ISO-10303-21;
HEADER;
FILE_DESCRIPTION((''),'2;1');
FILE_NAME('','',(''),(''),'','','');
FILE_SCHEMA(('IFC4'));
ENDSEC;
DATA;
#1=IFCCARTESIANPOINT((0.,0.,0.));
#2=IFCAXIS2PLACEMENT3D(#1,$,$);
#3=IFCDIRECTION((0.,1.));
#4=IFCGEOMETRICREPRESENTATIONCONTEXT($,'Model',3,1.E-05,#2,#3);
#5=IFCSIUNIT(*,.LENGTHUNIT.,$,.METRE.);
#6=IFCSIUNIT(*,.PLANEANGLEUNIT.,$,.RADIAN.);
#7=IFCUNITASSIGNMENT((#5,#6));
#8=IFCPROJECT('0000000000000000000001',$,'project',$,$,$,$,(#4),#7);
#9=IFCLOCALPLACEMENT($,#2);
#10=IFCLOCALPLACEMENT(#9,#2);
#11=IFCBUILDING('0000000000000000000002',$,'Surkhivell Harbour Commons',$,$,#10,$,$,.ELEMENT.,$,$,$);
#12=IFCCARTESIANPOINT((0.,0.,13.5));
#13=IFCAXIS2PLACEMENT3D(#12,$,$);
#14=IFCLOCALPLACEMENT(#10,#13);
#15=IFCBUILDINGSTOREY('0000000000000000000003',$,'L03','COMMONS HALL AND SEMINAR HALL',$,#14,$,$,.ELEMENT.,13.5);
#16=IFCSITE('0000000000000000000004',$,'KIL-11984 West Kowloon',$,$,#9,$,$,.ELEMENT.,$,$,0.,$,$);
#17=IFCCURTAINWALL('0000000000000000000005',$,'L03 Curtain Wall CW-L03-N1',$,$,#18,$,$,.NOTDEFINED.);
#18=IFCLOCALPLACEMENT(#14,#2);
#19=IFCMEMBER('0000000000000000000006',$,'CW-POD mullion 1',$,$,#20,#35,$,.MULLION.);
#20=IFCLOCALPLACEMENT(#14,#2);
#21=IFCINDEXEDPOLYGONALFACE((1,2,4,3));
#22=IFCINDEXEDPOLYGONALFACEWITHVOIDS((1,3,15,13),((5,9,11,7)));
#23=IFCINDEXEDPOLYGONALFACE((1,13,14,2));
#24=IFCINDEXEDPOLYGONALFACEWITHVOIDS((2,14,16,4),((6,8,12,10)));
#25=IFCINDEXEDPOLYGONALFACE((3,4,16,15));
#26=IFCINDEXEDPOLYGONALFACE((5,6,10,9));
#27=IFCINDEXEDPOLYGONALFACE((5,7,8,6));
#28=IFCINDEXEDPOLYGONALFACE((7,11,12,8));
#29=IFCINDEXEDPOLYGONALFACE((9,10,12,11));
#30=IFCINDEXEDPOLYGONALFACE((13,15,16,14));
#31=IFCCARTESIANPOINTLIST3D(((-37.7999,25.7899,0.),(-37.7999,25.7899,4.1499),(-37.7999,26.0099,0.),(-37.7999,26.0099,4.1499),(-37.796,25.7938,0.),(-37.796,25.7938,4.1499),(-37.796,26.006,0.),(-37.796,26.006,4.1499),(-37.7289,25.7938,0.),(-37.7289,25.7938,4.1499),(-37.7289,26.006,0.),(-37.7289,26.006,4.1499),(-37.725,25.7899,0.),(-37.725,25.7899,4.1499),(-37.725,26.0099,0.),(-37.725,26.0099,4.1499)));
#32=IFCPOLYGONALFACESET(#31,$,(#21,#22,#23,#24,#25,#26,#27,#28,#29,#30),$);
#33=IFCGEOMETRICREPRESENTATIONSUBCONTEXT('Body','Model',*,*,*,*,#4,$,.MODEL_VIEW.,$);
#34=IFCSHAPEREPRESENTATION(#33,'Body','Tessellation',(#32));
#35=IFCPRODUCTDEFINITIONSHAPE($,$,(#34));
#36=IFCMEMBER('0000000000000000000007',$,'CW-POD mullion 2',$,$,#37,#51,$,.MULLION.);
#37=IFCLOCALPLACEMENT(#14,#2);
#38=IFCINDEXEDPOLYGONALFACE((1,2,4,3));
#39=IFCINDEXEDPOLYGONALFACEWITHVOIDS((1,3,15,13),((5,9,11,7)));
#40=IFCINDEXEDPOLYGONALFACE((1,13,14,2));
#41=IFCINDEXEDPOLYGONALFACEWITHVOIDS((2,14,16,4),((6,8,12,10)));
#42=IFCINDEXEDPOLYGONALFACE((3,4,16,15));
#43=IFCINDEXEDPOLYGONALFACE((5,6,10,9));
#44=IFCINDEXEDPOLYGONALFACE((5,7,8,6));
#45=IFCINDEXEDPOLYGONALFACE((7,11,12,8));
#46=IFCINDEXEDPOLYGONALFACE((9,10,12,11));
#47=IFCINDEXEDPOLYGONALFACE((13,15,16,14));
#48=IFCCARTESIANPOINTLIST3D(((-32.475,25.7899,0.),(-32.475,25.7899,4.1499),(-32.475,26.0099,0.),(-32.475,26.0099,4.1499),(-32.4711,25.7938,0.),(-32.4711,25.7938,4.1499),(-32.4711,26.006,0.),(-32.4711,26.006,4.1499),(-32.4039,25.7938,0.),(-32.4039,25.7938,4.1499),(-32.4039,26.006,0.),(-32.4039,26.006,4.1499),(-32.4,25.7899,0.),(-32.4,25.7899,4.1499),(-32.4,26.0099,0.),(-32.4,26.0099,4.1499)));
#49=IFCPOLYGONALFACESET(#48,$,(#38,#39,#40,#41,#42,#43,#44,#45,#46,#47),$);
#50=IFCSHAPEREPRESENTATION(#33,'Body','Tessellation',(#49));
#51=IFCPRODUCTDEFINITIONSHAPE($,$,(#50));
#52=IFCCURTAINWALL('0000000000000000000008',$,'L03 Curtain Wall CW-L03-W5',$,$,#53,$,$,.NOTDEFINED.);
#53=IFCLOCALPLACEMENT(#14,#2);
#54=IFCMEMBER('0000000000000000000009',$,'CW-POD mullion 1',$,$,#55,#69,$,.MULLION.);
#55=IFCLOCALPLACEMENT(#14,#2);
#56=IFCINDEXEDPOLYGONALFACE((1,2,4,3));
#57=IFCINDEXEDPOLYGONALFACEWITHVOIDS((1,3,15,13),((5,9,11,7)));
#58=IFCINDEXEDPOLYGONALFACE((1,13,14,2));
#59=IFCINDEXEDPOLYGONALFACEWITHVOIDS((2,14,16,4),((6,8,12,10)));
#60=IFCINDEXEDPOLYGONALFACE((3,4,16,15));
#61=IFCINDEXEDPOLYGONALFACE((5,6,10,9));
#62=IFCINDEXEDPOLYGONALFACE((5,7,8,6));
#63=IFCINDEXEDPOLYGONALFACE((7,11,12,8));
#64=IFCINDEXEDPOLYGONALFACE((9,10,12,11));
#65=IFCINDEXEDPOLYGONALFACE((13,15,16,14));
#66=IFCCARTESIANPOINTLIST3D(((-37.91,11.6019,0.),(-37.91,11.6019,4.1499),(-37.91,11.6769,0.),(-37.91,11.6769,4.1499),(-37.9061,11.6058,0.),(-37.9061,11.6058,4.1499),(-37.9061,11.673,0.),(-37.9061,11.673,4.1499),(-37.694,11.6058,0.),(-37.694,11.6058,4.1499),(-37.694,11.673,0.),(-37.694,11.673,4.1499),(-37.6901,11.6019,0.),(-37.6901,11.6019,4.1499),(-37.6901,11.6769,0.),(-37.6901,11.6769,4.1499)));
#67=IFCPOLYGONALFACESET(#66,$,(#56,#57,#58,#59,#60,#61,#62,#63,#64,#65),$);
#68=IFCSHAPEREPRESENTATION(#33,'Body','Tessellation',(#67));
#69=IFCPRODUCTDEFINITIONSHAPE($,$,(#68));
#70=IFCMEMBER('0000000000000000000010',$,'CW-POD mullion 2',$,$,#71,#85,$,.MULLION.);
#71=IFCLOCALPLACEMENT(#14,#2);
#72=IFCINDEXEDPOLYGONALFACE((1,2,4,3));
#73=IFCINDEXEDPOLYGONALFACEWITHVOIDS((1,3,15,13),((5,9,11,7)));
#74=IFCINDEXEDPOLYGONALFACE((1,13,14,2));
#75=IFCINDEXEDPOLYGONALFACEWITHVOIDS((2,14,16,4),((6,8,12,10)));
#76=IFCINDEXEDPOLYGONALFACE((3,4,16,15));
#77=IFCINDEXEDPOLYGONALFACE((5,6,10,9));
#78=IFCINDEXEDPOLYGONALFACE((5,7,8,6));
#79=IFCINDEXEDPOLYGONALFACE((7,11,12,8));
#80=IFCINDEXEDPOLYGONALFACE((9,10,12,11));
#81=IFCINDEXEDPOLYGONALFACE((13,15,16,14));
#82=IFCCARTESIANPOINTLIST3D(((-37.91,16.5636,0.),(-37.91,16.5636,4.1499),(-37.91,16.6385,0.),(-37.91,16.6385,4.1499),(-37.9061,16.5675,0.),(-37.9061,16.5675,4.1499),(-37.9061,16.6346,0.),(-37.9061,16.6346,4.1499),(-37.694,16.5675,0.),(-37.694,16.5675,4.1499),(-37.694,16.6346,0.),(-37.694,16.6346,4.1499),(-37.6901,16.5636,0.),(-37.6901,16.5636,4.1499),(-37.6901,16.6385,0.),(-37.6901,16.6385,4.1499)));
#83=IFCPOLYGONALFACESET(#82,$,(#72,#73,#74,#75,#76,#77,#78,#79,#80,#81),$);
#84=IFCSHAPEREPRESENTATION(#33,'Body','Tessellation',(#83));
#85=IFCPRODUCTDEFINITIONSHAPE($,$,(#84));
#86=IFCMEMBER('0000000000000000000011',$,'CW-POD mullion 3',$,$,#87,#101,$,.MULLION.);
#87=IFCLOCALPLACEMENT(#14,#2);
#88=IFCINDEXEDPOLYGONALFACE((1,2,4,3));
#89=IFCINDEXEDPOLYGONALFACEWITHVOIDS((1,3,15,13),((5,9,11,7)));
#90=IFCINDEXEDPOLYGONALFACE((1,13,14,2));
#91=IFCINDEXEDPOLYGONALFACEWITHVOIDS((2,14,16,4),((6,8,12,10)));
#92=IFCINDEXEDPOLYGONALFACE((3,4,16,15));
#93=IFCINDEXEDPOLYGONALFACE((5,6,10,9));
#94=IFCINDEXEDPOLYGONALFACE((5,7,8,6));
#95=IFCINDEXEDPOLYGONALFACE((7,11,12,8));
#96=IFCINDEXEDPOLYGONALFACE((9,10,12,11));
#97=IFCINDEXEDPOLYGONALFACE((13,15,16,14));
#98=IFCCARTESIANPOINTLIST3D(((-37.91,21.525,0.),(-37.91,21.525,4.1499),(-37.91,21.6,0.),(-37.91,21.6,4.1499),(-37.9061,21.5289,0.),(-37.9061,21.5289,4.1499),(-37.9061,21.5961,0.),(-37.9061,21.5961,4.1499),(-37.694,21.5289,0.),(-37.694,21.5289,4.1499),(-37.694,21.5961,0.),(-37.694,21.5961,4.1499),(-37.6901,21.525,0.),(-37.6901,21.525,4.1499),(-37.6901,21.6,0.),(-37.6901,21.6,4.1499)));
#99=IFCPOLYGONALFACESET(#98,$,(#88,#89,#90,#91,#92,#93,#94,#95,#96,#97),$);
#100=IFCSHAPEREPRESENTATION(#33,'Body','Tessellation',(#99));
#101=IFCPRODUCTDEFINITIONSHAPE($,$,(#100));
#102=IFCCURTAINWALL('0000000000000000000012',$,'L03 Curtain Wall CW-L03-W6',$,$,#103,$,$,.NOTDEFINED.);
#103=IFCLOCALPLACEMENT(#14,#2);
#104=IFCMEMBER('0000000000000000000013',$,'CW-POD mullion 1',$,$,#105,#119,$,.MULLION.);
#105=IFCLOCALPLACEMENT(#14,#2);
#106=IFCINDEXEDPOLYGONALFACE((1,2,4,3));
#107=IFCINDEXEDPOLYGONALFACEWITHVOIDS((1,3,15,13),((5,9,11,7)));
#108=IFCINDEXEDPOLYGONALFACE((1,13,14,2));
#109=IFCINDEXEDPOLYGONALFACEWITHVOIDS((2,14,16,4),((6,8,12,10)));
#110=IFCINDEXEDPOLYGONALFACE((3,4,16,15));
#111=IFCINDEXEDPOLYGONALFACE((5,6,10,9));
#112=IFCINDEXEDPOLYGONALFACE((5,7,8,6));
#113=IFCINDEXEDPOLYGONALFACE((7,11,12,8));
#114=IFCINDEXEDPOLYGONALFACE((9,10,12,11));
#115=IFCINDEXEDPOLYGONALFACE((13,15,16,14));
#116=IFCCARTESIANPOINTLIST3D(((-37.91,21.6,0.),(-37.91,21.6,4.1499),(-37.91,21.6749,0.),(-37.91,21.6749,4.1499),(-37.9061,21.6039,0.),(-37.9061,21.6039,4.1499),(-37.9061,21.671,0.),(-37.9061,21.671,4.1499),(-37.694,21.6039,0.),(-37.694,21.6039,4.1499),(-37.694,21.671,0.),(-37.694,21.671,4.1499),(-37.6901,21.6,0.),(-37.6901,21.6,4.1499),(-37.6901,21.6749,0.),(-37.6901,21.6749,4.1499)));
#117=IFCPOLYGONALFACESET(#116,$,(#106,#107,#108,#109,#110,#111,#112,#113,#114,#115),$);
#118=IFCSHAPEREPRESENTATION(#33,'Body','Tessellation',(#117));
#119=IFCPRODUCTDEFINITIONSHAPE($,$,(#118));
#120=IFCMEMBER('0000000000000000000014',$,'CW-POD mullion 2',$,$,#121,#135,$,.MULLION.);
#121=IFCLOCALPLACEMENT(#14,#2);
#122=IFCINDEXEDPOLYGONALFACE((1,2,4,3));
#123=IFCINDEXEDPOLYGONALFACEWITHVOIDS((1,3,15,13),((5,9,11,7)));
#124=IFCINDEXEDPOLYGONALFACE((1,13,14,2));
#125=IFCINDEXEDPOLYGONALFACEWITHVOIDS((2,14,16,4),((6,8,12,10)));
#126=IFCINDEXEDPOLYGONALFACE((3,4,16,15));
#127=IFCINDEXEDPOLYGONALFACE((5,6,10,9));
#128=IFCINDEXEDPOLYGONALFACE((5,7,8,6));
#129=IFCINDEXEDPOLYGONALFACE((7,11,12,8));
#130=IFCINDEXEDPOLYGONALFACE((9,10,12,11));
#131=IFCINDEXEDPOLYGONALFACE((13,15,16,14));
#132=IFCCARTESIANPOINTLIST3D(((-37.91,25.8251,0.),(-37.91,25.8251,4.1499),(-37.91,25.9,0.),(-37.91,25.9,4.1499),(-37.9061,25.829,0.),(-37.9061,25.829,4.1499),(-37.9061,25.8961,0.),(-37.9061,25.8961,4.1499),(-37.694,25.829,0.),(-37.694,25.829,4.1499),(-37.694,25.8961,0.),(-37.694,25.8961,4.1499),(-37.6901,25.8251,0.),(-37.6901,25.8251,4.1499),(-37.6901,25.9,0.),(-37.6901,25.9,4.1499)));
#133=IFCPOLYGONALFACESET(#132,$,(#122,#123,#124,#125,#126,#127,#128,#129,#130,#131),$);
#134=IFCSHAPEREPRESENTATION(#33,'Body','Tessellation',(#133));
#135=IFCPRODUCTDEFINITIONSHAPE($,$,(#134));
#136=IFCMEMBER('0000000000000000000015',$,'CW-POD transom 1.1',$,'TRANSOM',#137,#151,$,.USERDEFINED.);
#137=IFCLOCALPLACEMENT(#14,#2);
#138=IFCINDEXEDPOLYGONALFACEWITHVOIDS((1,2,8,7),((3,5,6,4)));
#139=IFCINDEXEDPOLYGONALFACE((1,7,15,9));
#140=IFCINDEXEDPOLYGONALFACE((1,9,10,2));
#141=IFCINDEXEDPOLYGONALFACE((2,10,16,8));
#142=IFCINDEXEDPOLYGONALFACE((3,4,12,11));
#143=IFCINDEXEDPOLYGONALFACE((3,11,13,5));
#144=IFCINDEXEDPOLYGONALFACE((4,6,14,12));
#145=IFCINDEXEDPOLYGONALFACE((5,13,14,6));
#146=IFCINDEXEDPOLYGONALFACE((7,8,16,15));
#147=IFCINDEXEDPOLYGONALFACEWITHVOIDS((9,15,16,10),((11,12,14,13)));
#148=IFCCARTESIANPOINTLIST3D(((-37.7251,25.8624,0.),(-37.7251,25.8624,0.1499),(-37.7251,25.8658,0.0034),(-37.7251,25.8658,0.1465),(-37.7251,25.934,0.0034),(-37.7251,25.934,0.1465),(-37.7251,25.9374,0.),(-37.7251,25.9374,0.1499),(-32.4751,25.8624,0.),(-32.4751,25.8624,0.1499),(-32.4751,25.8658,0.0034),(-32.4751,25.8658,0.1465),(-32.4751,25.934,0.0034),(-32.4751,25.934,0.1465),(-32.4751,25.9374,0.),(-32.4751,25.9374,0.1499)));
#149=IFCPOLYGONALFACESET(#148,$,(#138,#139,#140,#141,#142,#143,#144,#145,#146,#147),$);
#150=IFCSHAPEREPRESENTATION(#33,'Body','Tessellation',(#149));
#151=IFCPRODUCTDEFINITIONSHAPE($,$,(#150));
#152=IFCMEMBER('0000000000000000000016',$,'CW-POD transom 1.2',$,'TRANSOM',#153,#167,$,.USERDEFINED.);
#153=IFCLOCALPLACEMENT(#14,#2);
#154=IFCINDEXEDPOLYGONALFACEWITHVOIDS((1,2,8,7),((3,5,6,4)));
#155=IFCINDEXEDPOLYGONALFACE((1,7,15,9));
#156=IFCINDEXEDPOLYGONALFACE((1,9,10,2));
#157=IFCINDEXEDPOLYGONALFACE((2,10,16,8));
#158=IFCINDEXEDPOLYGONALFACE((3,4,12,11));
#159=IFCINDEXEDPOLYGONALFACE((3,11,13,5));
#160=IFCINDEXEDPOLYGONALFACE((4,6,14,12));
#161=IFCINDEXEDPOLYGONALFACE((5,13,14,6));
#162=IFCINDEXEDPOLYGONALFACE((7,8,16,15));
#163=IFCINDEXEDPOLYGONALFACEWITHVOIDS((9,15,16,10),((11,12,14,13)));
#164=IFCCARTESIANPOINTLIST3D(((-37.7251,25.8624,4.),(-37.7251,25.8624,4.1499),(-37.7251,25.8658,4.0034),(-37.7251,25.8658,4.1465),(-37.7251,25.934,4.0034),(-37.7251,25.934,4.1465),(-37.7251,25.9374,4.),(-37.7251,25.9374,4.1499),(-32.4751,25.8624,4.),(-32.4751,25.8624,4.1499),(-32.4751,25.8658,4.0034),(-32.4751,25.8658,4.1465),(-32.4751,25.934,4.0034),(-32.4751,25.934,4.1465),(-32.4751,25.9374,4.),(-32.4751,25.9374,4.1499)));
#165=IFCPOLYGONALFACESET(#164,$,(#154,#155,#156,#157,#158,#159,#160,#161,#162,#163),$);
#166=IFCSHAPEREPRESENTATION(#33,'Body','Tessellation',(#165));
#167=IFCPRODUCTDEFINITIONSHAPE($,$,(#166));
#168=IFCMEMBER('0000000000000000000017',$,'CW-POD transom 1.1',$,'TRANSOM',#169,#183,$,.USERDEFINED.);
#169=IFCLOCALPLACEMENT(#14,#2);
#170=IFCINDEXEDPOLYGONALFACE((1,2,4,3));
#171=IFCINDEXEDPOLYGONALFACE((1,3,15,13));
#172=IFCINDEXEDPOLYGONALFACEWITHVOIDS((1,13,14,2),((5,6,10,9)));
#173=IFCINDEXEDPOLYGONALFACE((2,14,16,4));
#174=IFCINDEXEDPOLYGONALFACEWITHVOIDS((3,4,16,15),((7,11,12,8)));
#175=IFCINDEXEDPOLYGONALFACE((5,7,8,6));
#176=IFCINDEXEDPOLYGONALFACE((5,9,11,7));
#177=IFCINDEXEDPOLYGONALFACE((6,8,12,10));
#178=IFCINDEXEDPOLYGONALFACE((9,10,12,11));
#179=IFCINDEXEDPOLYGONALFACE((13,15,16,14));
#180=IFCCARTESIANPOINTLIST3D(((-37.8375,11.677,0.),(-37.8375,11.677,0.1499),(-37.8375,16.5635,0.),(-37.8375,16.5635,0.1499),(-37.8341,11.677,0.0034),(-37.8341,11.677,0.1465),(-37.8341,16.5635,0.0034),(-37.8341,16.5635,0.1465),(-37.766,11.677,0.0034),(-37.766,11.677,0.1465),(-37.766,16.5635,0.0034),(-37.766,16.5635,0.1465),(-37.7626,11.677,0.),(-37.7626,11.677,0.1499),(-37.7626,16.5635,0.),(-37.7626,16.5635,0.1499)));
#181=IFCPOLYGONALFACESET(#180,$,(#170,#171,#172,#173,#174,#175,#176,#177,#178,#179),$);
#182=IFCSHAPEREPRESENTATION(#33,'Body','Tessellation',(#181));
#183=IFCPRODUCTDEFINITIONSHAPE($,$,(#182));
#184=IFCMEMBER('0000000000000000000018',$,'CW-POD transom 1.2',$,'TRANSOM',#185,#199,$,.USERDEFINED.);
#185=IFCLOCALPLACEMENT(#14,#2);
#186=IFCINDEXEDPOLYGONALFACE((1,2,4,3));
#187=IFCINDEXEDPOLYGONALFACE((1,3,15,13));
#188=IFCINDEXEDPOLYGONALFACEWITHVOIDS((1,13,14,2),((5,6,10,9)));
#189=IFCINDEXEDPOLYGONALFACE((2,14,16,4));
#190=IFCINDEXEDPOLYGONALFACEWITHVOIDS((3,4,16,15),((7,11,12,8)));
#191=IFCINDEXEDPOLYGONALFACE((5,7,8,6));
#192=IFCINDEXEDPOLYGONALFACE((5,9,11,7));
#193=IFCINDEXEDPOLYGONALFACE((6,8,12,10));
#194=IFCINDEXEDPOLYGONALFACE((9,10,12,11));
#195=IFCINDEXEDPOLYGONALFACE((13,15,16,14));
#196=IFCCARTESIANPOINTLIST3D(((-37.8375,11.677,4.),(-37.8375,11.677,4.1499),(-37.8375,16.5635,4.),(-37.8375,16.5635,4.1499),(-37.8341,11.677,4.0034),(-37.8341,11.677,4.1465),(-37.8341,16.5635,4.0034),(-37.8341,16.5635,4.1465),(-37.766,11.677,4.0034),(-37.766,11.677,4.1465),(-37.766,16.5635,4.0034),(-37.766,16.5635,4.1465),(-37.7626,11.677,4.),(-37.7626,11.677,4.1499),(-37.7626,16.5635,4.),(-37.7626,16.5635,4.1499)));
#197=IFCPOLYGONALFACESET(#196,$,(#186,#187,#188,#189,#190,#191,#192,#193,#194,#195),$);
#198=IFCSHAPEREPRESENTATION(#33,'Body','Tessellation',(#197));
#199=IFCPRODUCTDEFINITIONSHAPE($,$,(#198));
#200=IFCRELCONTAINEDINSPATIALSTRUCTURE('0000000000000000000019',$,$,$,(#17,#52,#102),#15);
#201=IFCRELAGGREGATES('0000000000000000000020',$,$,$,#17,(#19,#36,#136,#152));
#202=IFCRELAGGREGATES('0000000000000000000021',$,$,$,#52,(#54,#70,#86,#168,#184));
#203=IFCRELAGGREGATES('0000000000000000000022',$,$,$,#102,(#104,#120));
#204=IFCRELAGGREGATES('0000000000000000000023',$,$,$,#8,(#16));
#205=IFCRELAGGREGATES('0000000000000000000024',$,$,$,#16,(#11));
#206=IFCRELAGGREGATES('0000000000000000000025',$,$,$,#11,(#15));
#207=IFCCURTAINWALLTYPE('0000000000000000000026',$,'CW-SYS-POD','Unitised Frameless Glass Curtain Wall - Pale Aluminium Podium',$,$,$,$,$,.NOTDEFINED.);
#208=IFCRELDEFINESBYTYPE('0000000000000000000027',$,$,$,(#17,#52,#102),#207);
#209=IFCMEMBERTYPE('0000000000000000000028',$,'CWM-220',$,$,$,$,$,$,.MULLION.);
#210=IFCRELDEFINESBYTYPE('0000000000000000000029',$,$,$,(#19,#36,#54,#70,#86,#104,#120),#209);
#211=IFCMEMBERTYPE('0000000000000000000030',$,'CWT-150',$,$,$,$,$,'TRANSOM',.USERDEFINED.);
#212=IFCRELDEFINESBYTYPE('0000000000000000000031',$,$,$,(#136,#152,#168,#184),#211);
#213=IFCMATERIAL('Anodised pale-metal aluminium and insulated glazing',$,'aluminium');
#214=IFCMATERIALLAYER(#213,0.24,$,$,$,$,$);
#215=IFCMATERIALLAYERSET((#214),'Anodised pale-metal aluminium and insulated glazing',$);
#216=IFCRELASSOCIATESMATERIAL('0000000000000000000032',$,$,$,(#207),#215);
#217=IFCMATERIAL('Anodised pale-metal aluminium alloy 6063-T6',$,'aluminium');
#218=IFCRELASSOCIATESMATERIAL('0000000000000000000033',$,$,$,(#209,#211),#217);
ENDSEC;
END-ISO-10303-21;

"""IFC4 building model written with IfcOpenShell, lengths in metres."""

from ifc_helpers import new_model, si_unit, direction, frame, origin, origin_2d, place, context, subcontext, project, spatial, hollow_rectangle, extrude, material, layer, layer_set, material_profile, profile_set, type_object, element, aggregate, save


model = new_model("IFC4")

# Units and contexts
model_context = context("Model", 3, precision=1e-05, world=origin(), true_north=direction((0.0, 1.0)))
body_context = subcontext(model_context, "Body", "Model", "MODEL_VIEW")
ifc_project = project(units=[si_unit("LENGTHUNIT", "METRE"), si_unit("PLANEANGLEUNIT", "RADIAN")], contexts=[model_context])

# Site, building, storey
site_placement = place(None, origin())
site = spatial("IfcSite", under=ifc_project, at=site_placement, Name="KIL-11984 West Kowloon", CompositionType="ELEMENT", RefElevation=0.0)
building_placement = place(site_placement, origin())
building = spatial("IfcBuilding", under=site, at=building_placement, Name="Surkhivell Harbour Commons", CompositionType="ELEMENT")
storey_placement = place(building_placement, frame((0.0, 0.0, 13.5)))
storey = spatial("IfcBuildingStorey", under=building, at=storey_placement, Name="L03", Description="COMMONS HALL AND SEMINAR HALL", CompositionType="ELEMENT", Elevation=13.5)

# Curtain walls, members
ifc_material_1 = material(Name="Anodised pale-metal aluminium and insulated glazing", Category="aluminium")
ifc_layer_1 = layer(ifc_material_1, 0.24)
ifc_layer_set_1 = layer_set([ifc_layer_1], Name="Anodised pale-metal aluminium and insulated glazing")
curtain_wall_type = type_object("IfcCurtainWallType", Name="CW-SYS-POD", Description="Unitised Frameless Glass Curtain Wall - Pale Aluminium Podium", PredefinedType="NOTDEFINED", material=ifc_layer_set_1)
curtain_wall_1_placement = place(storey_placement, origin())
curtain_wall_1 = element("IfcCurtainWall", 1, at=curtain_wall_1_placement, inside=storey, type_object=curtain_wall_type, Name="L03 Curtain Wall CW-L03-N1", PredefinedType="NOTDEFINED")
ifc_material_2 = material(Name="Anodised pale-metal aluminium alloy 6063-T6", Category="aluminium")
ifc_material_profile_1 = material_profile(ifc_material_2, hollow_rectangle(XDim=0.075, YDim=0.22, WallThickness=0.0039, at=origin_2d()), Name="ALU-MULL-75x220")
ifc_profile_set_1 = profile_set([ifc_material_profile_1], Name="Anodised pale-metal aluminium alloy 6063-T6")
member_type_1 = type_object("IfcMemberType", Name="CWM-220", PredefinedType="MULLION", material=ifc_profile_set_1)
member_1_placement = place(storey_placement, frame((-37.7625, 25.8999, 0.0), z_axis=(0.0, 0.0, 1.0), x_axis=(1.0, 0.0, 0.0)))
member_1 = element("IfcMember", 2, at=member_1_placement, type_object=member_type_1, Name="CW-POD mullion 1", PredefinedType="MULLION", context=body_context, shape_type="SweptSolid", body=[
    extrude(hollow_rectangle(XDim=0.075, YDim=0.22, WallThickness=0.0039, at=origin_2d()), origin(), (0.0, 0.0, 1.0), 4.1499),
])
member_2_placement = place(storey_placement, frame((-32.4375, 25.8999, 0.0), z_axis=(0.0, 0.0, 1.0), x_axis=(1.0, 0.0, 0.0)))
member_2 = element("IfcMember", 3, at=member_2_placement, type_object=member_type_1, Name="CW-POD mullion 2", PredefinedType="MULLION", context=body_context, shape_type="SweptSolid", body=[
    extrude(hollow_rectangle(XDim=0.075, YDim=0.22, WallThickness=0.0039, at=origin_2d()), origin(), (0.0, 0.0, 1.0), 4.1499),
])
curtain_wall_2_placement = place(storey_placement, origin())
curtain_wall_2 = element("IfcCurtainWall", 4, at=curtain_wall_2_placement, inside=storey, type_object=curtain_wall_type, Name="L03 Curtain Wall CW-L03-W5", PredefinedType="NOTDEFINED")
member_3_placement = place(storey_placement, frame((-37.8, 11.6394, 0.0), z_axis=(0.0, 0.0, 1.0), x_axis=(0.0, 1.0, 0.0)))
member_3 = element("IfcMember", 5, at=member_3_placement, type_object=member_type_1, Name="CW-POD mullion 1", PredefinedType="MULLION", context=body_context, shape_type="SweptSolid", body=[
    extrude(hollow_rectangle(XDim=0.075, YDim=0.22, WallThickness=0.0039, at=origin_2d()), origin(), (0.0, 0.0, 1.0), 4.1499),
])
member_4_placement = place(storey_placement, frame((-37.8, 16.6011, 0.0), z_axis=(0.0, 0.0, 1.0), x_axis=(0.0, 1.0, 0.0)))
member_4 = element("IfcMember", 6, at=member_4_placement, type_object=member_type_1, Name="CW-POD mullion 2", PredefinedType="MULLION", context=body_context, shape_type="SweptSolid", body=[
    extrude(hollow_rectangle(XDim=0.075, YDim=0.22, WallThickness=0.0039, at=origin_2d()), origin(), (0.0, 0.0, 1.0), 4.1499),
])
member_5_placement = place(storey_placement, frame((-37.8, 21.5625, 0.0), z_axis=(0.0, 0.0, 1.0), x_axis=(0.0, 1.0, 0.0)))
member_5 = element("IfcMember", 7, at=member_5_placement, type_object=member_type_1, Name="CW-POD mullion 3", PredefinedType="MULLION", context=body_context, shape_type="SweptSolid", body=[
    extrude(hollow_rectangle(XDim=0.075, YDim=0.22, WallThickness=0.0039, at=origin_2d()), origin(), (0.0, 0.0, 1.0), 4.1499),
])
curtain_wall_3_placement = place(storey_placement, origin())
curtain_wall_3 = element("IfcCurtainWall", 8, at=curtain_wall_3_placement, inside=storey, type_object=curtain_wall_type, Name="L03 Curtain Wall CW-L03-W6", PredefinedType="NOTDEFINED")
member_6_placement = place(storey_placement, frame((-37.8, 21.6375, 0.0), z_axis=(0.0, 0.0, 1.0), x_axis=(0.0, 1.0, 0.0)))
member_6 = element("IfcMember", 9, at=member_6_placement, type_object=member_type_1, Name="CW-POD mullion 1", PredefinedType="MULLION", context=body_context, shape_type="SweptSolid", body=[
    extrude(hollow_rectangle(XDim=0.075, YDim=0.22, WallThickness=0.0039, at=origin_2d()), origin(), (0.0, 0.0, 1.0), 4.1499),
])
member_7_placement = place(storey_placement, frame((-37.8, 25.8625, 0.0), z_axis=(0.0, 0.0, 1.0), x_axis=(0.0, 1.0, 0.0)))
member_7 = element("IfcMember", 10, at=member_7_placement, type_object=member_type_1, Name="CW-POD mullion 2", PredefinedType="MULLION", context=body_context, shape_type="SweptSolid", body=[
    extrude(hollow_rectangle(XDim=0.075, YDim=0.22, WallThickness=0.0039, at=origin_2d()), origin(), (0.0, 0.0, 1.0), 4.1499),
])

# Members
ifc_material_profile_2 = material_profile(ifc_material_2, hollow_rectangle(XDim=0.075, YDim=0.1499, WallThickness=0.0034, at=origin_2d()), Name="ALU-TRAN-75x150")
ifc_profile_set_2 = profile_set([ifc_material_profile_2], Name="Anodised pale-metal aluminium alloy 6063-T6")
member_type_2 = type_object("IfcMemberType", Name="CWT-150", ElementType="TRANSOM", PredefinedType="USERDEFINED", material=ifc_profile_set_2)
member_8_placement = place(storey_placement, frame((-37.7251, 25.8999, 0.075), z_axis=(1.0, 0.0, 0.0), x_axis=(0.0, 1.0, 0.0)))
member_8 = element("IfcMember", 11, at=member_8_placement, type_object=member_type_2, Name="CW-POD transom 1.1", ObjectType="TRANSOM", PredefinedType="USERDEFINED", context=body_context, shape_type="SweptSolid", body=[
    extrude(hollow_rectangle(XDim=0.075, YDim=0.1499, WallThickness=0.0034, at=origin_2d()), origin(), (0.0, 0.0, 1.0), 5.25),
])
member_9_placement = place(storey_placement, frame((-37.7251, 25.8999, 4.075), z_axis=(1.0, 0.0, 0.0), x_axis=(0.0, 1.0, 0.0)))
member_9 = element("IfcMember", 12, at=member_9_placement, type_object=member_type_2, Name="CW-POD transom 1.2", ObjectType="TRANSOM", PredefinedType="USERDEFINED", context=body_context, shape_type="SweptSolid", body=[
    extrude(hollow_rectangle(XDim=0.075, YDim=0.1499, WallThickness=0.0034, at=origin_2d()), origin(), (0.0, 0.0, 1.0), 5.25),
])
member_10_placement = place(storey_placement, frame((-37.8, 11.677, 0.075), z_axis=(0.0, 1.0, 0.0), x_axis=(-1.0, 0.0, 0.0)))
member_10 = element("IfcMember", 13, at=member_10_placement, type_object=member_type_2, Name="CW-POD transom 1.1", ObjectType="TRANSOM", PredefinedType="USERDEFINED", context=body_context, shape_type="SweptSolid", body=[
    extrude(hollow_rectangle(XDim=0.075, YDim=0.1499, WallThickness=0.0034, at=origin_2d()), origin(), (0.0, 0.0, 1.0), 4.8865),
])
member_11_placement = place(storey_placement, frame((-37.8, 11.677, 4.075), z_axis=(0.0, 1.0, 0.0), x_axis=(-1.0, 0.0, 0.0)))
member_11 = element("IfcMember", 14, at=member_11_placement, type_object=member_type_2, Name="CW-POD transom 1.2", ObjectType="TRANSOM", PredefinedType="USERDEFINED", context=body_context, shape_type="SweptSolid", body=[
    extrude(hollow_rectangle(XDim=0.075, YDim=0.1499, WallThickness=0.0034, at=origin_2d()), origin(), (0.0, 0.0, 1.0), 4.8865),
])

aggregate(curtain_wall_1, [member_1, member_2, member_8, member_9])
aggregate(curtain_wall_2, [member_3, member_4, member_5, member_10, member_11])
aggregate(curtain_wall_3, [member_6, member_7])

save(model, "model.ifc")
